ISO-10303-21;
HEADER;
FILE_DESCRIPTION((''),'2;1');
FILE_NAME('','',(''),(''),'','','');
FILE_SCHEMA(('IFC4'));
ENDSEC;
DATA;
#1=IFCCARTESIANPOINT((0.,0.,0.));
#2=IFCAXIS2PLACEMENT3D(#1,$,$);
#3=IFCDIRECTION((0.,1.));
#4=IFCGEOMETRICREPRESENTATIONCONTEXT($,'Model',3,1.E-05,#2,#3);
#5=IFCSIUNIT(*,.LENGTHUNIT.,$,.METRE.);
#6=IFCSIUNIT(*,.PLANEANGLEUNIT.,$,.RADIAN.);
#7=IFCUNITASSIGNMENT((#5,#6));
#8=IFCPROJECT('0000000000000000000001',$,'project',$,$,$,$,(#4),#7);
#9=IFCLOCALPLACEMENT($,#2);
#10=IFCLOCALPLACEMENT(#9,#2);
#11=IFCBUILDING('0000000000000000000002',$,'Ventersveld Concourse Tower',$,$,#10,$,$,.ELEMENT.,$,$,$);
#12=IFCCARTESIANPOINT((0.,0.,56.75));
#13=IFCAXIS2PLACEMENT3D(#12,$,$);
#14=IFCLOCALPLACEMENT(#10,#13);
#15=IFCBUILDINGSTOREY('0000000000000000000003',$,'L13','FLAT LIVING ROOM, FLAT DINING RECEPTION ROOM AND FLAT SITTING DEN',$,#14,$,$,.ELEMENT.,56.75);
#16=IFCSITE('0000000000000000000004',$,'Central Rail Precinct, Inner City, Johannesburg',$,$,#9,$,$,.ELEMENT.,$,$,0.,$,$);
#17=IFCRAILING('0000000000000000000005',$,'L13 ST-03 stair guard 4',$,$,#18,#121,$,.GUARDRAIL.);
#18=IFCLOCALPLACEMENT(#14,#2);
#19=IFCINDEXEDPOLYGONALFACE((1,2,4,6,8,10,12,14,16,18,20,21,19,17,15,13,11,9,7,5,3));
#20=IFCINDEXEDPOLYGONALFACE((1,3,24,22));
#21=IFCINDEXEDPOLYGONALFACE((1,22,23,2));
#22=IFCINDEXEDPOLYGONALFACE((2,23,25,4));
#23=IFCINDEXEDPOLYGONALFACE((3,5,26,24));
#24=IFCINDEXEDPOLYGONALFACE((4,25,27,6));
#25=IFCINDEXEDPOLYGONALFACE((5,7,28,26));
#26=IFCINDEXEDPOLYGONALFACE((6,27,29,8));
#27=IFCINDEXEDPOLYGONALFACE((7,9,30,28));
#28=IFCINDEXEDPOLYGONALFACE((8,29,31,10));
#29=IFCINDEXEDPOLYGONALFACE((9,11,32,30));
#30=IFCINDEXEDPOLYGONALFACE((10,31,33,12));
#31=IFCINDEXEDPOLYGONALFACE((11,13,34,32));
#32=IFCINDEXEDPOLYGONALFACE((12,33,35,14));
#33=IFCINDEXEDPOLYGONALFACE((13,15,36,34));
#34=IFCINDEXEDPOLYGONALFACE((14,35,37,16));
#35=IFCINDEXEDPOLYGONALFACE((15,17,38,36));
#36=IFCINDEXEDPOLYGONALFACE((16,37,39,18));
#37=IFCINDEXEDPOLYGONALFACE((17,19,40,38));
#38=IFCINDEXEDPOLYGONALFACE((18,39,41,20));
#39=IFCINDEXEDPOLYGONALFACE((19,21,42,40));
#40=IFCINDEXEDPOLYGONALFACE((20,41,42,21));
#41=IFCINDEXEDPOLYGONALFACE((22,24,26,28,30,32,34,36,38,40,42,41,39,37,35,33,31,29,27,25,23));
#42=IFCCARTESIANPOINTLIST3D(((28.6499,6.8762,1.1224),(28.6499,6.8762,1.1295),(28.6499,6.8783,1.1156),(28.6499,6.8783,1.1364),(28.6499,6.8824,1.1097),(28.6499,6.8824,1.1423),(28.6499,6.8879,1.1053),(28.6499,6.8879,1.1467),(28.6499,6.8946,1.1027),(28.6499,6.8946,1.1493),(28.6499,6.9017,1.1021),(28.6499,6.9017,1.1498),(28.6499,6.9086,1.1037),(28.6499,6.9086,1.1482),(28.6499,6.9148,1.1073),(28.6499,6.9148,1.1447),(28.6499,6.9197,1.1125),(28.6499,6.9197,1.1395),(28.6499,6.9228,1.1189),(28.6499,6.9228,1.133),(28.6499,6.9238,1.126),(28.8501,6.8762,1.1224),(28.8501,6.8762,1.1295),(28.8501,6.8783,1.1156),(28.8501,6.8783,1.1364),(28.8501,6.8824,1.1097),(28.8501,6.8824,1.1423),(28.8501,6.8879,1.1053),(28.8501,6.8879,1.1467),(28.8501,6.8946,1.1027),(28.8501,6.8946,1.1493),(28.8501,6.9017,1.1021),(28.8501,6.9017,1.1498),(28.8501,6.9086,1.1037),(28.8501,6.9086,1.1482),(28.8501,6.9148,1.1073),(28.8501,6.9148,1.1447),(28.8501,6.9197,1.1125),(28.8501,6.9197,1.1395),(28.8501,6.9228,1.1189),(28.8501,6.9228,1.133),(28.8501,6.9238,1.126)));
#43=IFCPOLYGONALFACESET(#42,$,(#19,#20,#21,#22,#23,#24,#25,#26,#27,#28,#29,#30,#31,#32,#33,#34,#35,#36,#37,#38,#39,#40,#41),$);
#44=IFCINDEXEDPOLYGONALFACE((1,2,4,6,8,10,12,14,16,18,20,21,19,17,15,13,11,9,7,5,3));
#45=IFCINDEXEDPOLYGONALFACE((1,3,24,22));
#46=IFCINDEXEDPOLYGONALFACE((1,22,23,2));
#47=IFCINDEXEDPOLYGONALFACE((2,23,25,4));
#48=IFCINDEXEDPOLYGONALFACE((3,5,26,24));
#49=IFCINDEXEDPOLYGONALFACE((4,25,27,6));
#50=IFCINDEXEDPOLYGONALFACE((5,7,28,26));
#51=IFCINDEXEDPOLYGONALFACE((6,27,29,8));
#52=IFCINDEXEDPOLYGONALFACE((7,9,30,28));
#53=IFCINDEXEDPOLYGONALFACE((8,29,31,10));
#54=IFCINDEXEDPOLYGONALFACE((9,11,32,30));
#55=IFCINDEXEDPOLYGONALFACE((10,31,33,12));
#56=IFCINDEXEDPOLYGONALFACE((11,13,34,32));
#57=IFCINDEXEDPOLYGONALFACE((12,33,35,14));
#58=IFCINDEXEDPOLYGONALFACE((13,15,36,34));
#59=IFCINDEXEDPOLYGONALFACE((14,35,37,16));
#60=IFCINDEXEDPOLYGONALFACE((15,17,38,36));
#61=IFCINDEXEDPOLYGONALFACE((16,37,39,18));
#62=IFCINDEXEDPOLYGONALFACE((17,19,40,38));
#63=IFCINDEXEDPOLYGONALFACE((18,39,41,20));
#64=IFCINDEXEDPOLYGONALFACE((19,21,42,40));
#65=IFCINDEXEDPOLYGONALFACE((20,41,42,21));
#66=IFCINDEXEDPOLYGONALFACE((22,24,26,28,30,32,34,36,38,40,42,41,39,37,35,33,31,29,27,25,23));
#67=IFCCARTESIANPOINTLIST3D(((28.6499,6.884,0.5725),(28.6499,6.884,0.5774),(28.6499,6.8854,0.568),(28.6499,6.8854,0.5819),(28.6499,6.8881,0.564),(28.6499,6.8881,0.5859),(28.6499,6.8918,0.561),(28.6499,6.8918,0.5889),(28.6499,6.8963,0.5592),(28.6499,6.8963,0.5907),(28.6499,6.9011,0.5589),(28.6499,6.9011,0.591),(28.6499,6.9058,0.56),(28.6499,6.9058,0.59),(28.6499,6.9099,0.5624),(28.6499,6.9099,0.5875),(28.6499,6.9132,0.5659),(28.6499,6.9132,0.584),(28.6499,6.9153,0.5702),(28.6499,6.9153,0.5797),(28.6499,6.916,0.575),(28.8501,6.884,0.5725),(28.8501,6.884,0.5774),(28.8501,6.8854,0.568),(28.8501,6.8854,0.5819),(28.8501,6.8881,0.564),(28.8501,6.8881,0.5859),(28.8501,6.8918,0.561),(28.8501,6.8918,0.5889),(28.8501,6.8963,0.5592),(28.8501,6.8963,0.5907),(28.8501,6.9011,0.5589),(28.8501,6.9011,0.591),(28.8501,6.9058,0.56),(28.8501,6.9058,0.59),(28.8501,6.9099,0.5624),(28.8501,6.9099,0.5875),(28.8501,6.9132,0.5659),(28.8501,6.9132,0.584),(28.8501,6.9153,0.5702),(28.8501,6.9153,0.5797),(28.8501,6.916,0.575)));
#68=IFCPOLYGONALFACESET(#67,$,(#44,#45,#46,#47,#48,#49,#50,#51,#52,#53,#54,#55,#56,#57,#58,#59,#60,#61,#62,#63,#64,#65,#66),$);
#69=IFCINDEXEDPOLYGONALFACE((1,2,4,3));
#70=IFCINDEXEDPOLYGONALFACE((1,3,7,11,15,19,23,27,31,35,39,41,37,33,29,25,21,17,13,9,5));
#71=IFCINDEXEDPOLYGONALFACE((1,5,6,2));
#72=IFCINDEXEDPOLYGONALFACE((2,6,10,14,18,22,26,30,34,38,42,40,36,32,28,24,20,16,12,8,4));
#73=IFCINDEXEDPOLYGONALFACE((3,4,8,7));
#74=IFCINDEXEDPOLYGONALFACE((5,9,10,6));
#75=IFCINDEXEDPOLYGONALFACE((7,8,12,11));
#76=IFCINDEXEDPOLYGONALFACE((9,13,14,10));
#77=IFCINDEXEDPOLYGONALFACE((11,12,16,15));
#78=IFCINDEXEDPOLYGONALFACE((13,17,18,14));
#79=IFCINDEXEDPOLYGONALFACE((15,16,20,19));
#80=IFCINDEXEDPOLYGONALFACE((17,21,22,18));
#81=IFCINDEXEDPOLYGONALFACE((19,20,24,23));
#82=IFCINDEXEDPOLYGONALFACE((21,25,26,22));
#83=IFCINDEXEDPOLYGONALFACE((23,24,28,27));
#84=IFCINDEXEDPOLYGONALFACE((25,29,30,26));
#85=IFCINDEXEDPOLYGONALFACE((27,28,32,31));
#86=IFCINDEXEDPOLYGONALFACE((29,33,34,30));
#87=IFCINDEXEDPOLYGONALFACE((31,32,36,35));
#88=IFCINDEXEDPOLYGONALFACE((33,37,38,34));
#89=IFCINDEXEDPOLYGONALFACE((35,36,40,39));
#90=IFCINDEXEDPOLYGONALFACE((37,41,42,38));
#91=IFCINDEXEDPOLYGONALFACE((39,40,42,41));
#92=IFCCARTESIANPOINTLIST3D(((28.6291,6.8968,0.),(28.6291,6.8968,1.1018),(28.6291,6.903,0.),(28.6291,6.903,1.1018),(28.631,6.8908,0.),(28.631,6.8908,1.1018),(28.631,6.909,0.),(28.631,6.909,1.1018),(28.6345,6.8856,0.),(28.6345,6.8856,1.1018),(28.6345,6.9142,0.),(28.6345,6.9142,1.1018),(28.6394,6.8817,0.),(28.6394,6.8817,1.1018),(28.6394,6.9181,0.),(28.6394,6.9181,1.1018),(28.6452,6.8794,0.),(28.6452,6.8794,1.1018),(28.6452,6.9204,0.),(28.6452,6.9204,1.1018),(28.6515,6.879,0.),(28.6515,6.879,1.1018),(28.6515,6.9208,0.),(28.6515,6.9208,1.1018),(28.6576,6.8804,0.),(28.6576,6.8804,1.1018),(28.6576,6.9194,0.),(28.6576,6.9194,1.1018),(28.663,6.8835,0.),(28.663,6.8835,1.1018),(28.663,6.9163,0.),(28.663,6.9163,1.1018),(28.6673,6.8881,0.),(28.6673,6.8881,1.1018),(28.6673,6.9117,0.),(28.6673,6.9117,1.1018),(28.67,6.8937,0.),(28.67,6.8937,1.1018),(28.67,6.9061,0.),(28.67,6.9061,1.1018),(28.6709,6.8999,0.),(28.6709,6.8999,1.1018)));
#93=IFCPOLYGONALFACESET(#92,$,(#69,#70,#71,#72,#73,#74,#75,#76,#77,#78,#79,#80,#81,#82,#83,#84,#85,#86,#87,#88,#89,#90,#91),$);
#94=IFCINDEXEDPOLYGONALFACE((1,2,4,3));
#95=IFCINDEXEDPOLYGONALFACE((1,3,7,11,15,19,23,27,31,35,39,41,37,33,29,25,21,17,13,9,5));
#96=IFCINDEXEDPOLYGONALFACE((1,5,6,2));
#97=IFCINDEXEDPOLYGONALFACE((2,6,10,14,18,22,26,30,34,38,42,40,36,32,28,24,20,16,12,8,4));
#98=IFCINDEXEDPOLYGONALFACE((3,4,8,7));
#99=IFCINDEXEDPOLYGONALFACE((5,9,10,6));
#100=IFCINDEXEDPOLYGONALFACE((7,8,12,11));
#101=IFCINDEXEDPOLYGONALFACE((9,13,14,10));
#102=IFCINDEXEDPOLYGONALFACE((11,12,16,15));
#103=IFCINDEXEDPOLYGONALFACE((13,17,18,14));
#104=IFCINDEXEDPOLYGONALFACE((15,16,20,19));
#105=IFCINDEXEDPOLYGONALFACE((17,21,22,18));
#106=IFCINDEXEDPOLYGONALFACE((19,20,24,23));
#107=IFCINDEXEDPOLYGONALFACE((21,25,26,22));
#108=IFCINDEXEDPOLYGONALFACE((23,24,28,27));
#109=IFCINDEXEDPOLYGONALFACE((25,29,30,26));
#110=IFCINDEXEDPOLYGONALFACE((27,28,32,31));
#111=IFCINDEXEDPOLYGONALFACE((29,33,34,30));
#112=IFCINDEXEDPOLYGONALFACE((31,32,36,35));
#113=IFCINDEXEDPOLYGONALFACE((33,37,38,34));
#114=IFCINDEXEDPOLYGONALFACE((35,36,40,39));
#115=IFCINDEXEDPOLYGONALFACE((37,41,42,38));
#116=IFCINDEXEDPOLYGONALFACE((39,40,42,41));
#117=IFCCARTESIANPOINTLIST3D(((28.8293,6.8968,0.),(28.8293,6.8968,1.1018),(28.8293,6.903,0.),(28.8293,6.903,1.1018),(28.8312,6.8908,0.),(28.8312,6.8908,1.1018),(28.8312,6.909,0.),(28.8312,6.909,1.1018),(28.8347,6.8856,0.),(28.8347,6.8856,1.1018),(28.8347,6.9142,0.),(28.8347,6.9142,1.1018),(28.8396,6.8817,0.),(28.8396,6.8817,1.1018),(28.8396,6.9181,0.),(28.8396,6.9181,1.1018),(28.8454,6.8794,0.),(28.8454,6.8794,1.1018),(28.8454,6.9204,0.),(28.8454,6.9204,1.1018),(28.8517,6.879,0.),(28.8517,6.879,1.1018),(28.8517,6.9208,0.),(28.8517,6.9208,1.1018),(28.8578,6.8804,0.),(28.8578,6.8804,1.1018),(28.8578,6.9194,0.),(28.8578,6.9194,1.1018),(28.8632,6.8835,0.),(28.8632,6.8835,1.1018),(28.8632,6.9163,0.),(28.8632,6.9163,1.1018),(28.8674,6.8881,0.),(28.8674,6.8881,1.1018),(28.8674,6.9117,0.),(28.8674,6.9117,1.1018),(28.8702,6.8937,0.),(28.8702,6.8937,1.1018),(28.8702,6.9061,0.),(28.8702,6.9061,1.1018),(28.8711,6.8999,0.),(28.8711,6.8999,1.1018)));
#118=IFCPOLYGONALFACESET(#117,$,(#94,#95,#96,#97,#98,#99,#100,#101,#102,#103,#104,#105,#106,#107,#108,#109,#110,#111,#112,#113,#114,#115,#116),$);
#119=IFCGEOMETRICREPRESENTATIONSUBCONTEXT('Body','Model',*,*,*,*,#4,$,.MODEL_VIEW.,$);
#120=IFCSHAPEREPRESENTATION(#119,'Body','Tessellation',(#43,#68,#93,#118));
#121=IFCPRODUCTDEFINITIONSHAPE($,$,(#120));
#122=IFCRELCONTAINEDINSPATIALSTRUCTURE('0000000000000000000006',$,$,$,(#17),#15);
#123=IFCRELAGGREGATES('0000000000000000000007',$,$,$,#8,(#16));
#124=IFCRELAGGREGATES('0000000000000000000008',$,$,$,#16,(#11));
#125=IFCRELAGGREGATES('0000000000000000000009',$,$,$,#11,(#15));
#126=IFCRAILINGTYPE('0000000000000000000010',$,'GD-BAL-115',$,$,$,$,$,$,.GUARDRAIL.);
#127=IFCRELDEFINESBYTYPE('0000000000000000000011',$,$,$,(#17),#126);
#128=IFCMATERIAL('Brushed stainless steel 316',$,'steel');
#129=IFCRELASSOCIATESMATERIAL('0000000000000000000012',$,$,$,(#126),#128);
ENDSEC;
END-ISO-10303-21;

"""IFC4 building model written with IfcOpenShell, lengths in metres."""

from ifc_helpers import new_model, si_unit, direction, frame, origin, origin_2d, place, context, subcontext, project, spatial, circle, extrude, material, type_object, element, save


model = new_model("IFC4")

# Units and contexts
model_context = context("Model", 3, precision=1e-05, world=origin(), true_north=direction((0.0, 1.0)))
body_context = subcontext(model_context, "Body", "Model", "MODEL_VIEW")
ifc_project = project(units=[si_unit("LENGTHUNIT", "METRE"), si_unit("PLANEANGLEUNIT", "RADIAN")], contexts=[model_context])

# Site, building, storey
site_placement = place(None, origin())
site = spatial("IfcSite", under=ifc_project, at=site_placement, Name="Central Rail Precinct, Inner City, Johannesburg", CompositionType="ELEMENT", RefElevation=0.0)
building_placement = place(site_placement, origin())
building = spatial("IfcBuilding", under=site, at=building_placement, Name="Ventersveld Concourse Tower", CompositionType="ELEMENT")
storey_placement = place(building_placement, frame((0.0, 0.0, 56.75)))
storey = spatial("IfcBuildingStorey", under=building, at=storey_placement, Name="L13", Description="FLAT LIVING ROOM, FLAT DINING RECEPTION ROOM AND FLAT SITTING DEN", CompositionType="ELEMENT", Elevation=56.75)

# Shared definitions
ifc_material_1 = material(Name="Brushed stainless steel 316", Category="steel")

# Railing
railing_type_1 = type_object("IfcRailingType", Name="GD-BAL-115", PredefinedType="GUARDRAIL", material=ifc_material_1)
railing_1_placement = place(storey_placement, frame((28.6499, 6.8999, 0.0)))
element("IfcRailing", 1, at=railing_1_placement, inside=storey, type_object=railing_type_1, Name="L13 ST-03 stair guard 4", PredefinedType="GUARDRAIL", context=body_context, shape_type="SweptSolid", body=[
    extrude(circle(Radius=0.0239, at=origin_2d()), frame((0.0, 0.0, 1.126), z_axis=(1.0, 0.0, 0.0), x_axis=(0.0, 1.0, 0.0)), (0.0, 0.0, 1.0), 0.2002),
    extrude(circle(Radius=0.0161, at=origin_2d()), frame((0.0, 0.0, 0.575), z_axis=(1.0, 0.0, 0.0), x_axis=(0.0, 1.0, 0.0)), (0.0, 0.0, 1.0), 0.2002),
    extrude(circle(Radius=0.021, at=origin_2d()), origin(), (0.0, 0.0, 1.0), 1.1018),
    extrude(circle(Radius=0.021, at=origin_2d()), frame((0.2002, 0.0, 0.0)), (0.0, 0.0, 1.0), 1.1018),
])

save(model, "model.ifc")
